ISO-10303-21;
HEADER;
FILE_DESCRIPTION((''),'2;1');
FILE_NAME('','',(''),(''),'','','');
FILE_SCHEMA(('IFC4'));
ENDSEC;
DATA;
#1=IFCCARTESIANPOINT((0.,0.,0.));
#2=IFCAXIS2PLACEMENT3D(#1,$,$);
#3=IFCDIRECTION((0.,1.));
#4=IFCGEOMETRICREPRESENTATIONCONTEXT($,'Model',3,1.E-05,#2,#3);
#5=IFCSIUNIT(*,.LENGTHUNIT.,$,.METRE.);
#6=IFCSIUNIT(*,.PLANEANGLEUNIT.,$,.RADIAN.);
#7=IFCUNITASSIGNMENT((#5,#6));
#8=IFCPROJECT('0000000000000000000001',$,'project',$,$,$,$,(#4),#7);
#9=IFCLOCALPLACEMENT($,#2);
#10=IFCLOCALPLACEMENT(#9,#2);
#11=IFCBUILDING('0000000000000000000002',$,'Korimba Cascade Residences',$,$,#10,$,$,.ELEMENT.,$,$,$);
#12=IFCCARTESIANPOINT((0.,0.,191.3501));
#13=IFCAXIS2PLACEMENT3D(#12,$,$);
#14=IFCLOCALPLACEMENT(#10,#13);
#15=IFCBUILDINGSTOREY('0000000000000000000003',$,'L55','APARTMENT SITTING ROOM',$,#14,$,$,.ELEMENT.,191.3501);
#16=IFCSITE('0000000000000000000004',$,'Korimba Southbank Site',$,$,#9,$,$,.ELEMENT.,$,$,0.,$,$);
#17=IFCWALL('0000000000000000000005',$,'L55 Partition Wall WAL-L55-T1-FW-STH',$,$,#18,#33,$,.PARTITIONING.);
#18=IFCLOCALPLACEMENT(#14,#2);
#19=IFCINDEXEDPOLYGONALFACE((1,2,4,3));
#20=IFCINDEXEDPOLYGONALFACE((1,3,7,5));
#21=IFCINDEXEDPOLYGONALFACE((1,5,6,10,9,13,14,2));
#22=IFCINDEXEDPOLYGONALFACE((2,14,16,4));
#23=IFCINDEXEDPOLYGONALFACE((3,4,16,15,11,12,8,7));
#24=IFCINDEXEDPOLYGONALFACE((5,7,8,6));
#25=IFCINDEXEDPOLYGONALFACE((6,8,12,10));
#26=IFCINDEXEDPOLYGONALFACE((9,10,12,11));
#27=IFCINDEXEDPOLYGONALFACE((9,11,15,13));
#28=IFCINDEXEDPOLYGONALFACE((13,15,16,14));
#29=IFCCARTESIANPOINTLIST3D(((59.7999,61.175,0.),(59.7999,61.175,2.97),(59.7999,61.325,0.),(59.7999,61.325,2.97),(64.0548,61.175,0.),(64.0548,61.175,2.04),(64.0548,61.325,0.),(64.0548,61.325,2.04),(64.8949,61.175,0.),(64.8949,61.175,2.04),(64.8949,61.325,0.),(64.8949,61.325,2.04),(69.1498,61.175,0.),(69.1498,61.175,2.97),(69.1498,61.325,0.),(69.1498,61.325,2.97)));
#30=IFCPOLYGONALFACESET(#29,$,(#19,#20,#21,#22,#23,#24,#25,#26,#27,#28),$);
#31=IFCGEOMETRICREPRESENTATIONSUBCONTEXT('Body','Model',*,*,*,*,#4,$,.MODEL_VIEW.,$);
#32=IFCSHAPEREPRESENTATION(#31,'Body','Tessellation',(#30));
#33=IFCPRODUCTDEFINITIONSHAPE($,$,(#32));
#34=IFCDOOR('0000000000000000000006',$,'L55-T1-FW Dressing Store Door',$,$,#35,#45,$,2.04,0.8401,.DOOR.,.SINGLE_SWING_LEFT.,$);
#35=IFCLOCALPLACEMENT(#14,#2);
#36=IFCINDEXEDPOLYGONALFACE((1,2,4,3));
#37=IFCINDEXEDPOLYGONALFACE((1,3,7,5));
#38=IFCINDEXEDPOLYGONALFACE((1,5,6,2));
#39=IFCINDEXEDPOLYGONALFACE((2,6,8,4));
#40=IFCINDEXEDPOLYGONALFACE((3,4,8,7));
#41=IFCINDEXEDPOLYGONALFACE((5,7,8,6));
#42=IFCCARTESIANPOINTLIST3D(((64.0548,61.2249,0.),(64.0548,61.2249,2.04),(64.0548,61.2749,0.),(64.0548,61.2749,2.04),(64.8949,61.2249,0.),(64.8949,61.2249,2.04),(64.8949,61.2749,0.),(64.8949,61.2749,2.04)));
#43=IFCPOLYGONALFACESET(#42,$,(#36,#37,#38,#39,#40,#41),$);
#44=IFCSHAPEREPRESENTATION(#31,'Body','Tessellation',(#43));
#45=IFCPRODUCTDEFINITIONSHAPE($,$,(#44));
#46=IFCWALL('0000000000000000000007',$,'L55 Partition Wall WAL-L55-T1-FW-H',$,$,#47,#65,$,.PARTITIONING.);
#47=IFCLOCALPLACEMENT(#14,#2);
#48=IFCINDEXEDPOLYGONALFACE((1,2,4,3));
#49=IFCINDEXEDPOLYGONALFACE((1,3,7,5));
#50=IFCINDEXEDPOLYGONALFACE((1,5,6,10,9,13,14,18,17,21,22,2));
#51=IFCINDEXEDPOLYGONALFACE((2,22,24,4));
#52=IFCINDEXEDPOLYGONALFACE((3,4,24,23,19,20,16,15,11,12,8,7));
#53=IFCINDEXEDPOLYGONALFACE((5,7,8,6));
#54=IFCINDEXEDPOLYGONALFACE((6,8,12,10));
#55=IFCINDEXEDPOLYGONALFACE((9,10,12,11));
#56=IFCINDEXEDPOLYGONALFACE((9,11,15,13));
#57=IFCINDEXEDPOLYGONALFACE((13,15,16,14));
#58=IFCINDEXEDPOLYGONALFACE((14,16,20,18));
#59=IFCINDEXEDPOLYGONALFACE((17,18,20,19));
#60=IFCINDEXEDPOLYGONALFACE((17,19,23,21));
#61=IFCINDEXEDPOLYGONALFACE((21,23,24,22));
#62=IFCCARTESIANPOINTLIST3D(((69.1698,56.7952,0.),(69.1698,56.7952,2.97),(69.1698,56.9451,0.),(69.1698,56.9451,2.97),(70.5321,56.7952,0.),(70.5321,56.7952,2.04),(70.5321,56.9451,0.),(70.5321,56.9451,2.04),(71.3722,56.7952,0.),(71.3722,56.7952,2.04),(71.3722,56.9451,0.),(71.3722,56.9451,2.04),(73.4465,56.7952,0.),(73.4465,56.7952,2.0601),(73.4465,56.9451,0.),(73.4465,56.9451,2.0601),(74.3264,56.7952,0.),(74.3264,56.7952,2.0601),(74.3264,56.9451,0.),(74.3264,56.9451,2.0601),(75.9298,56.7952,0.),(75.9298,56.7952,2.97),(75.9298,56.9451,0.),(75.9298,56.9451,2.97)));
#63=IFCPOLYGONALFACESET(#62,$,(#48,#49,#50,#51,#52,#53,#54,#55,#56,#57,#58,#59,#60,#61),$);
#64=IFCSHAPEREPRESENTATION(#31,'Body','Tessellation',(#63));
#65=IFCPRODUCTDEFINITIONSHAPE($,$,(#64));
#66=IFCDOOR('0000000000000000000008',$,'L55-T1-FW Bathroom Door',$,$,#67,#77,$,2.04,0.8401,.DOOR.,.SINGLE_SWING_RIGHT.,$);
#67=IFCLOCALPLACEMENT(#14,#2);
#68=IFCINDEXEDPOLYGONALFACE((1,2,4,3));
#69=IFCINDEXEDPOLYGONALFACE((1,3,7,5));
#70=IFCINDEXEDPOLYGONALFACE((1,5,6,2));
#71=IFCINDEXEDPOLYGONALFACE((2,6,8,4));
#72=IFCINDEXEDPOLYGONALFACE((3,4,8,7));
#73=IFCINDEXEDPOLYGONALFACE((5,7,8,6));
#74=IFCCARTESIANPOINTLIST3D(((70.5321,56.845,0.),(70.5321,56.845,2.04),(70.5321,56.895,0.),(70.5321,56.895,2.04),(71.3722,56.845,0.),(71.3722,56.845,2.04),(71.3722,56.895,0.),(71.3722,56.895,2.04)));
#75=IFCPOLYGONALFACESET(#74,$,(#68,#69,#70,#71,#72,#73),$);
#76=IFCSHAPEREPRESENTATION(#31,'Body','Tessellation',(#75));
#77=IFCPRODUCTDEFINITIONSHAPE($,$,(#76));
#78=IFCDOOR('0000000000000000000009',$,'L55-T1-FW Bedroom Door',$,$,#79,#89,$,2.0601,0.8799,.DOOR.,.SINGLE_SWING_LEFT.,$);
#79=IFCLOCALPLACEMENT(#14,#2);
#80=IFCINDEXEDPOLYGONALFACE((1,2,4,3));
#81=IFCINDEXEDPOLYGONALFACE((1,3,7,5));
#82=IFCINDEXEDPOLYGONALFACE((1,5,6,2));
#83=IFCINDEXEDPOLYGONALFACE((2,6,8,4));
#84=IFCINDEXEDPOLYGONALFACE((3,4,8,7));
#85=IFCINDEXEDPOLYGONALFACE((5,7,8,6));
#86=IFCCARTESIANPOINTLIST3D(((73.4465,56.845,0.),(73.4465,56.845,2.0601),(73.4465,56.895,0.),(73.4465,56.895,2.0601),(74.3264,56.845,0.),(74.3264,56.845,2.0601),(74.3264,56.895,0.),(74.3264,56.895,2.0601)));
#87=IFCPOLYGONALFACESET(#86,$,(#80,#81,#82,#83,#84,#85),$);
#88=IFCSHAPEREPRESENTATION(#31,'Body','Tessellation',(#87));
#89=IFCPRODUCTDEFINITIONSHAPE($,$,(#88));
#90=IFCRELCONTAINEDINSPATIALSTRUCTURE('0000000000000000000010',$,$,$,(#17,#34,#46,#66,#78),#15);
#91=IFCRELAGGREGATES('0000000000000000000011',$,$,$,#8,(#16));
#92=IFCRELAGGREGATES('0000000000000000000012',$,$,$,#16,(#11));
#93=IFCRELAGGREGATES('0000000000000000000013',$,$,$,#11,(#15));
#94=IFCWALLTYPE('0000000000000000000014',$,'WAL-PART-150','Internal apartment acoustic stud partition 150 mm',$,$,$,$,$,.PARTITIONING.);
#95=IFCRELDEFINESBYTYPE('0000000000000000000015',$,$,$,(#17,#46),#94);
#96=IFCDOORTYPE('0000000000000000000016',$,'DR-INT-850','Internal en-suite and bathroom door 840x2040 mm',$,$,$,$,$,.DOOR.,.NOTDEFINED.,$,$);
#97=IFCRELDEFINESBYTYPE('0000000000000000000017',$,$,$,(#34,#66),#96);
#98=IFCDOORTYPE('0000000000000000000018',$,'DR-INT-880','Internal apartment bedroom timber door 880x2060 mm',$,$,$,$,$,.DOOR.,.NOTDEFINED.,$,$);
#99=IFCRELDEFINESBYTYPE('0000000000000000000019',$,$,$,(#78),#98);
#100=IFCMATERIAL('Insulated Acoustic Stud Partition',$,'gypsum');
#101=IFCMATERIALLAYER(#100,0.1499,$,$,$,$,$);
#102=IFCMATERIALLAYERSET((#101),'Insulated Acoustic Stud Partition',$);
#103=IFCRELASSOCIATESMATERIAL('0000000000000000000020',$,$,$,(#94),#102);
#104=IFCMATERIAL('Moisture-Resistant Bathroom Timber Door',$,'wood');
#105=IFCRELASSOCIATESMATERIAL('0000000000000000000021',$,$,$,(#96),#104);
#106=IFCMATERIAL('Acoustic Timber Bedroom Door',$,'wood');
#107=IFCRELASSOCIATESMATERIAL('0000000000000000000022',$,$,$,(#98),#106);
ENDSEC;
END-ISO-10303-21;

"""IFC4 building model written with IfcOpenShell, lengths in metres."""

from ifc_helpers import new_model, si_unit, direction, frame, frame_2d, origin, place, context, subcontext, project, spatial, rectangle, extrude, material, layer, layer_set, type_object, element, fill, save


model = new_model("IFC4")

# Units and contexts
model_context = context("Model", 3, precision=1e-05, world=origin(), true_north=direction((0.0, 1.0)))
body_context = subcontext(model_context, "Body", "Model", "MODEL_VIEW")
ifc_project = project(units=[si_unit("LENGTHUNIT", "METRE"), si_unit("PLANEANGLEUNIT", "RADIAN")], contexts=[model_context])

# Site, building, storey
site_placement = place(None, origin())
site = spatial("IfcSite", under=ifc_project, at=site_placement, Name="Korimba Southbank Site", CompositionType="ELEMENT", RefElevation=0.0)
building_placement = place(site_placement, origin())
building = spatial("IfcBuilding", under=site, at=building_placement, Name="Korimba Cascade Residences", CompositionType="ELEMENT")
storey_placement = place(building_placement, frame((0.0, 0.0, 191.3501)))
storey = spatial("IfcBuildingStorey", under=building, at=storey_placement, Name="L55", Description="APARTMENT SITTING ROOM", CompositionType="ELEMENT", Elevation=191.3501)

# Wall, opening, door
ifc_material_1 = material(Name="Insulated Acoustic Stud Partition", Category="gypsum")
ifc_layer_1 = layer(ifc_material_1, 0.1499)
ifc_layer_set_1 = layer_set([ifc_layer_1], Name="Insulated Acoustic Stud Partition")
wall_type_1 = type_object("IfcWallType", Name="WAL-PART-150", Description="Internal apartment acoustic stud partition 150 mm", PredefinedType="PARTITIONING", material=ifc_layer_set_1)
wall_1_placement = place(storey_placement, frame((59.8, 61.25, 0.0), z_axis=(0.0, 0.0, 1.0), x_axis=(1.0, 0.0, 0.0)))
wall_1 = element("IfcWall", 1, at=wall_1_placement, inside=storey, type_object=wall_type_1, Name="L55 Partition Wall WAL-L55-T1-FW-STH", PredefinedType="PARTITIONING", context=body_context, shape_type="SweptSolid", body=[
    extrude(rectangle(XDim=9.3499, YDim=0.1499, at=frame_2d((4.6748, 0.0))), origin(), (0.0, 0.0, 1.0), 2.97),
])
opening_1_placement = place(wall_1_placement, frame((4.2549, 0.0, 0.0)))
opening_1 = element("IfcOpeningElement", 2, at=opening_1_placement, cuts=wall_1, PredefinedType="OPENING", context=body_context, shape_type="SweptSolid", body=[
    extrude(rectangle(XDim=0.8401, YDim=2.04, at=frame_2d((0.4199, 1.02))), frame((0.0, 0.085, 0.0), z_axis=(0.0, -1.0, 0.0), x_axis=(1.0, 0.0, 0.0)), (0.0, 0.0, 1.0), 0.1699),
])
ifc_material_2 = material(Name="Moisture-Resistant Bathroom Timber Door", Category="wood")
door_type_1 = type_object("IfcDoorType", Name="DR-INT-850", Description="Internal en-suite and bathroom door 840x2040 mm", OperationType="NOTDEFINED", PredefinedType="DOOR", material=ifc_material_2)
door_1_placement = place(opening_1_placement, origin())
door_1 = element("IfcDoor", 3, at=door_1_placement, inside=storey, type_object=door_type_1, Name="L55-T1-FW Dressing Store Door", OperationType="SINGLE_SWING_LEFT", OverallHeight=2.04, OverallWidth=0.8401, PredefinedType="DOOR", context=body_context, shape_type="SweptSolid", body=[
    extrude(rectangle(XDim=0.8401, YDim=2.04, at=frame_2d((0.4199, 1.02))), frame((0.0, 0.0249, 0.0), z_axis=(0.0, -1.0, 0.0), x_axis=(1.0, 0.0, 0.0)), (0.0, 0.0, 1.0), 0.05),
])
fill(opening_1, door_1)

# Wall, openings, doors
wall_2_placement = place(storey_placement, frame((69.1699, 56.8701, 0.0), z_axis=(0.0, 0.0, 1.0), x_axis=(1.0, 0.0, 0.0)))
wall_2 = element("IfcWall", 4, at=wall_2_placement, inside=storey, type_object=wall_type_1, Name="L55 Partition Wall WAL-L55-T1-FW-H", PredefinedType="PARTITIONING", context=body_context, shape_type="SweptSolid", body=[
    extrude(rectangle(XDim=6.76, YDim=0.1499, at=frame_2d((3.3799, 0.0))), origin(), (0.0, 0.0, 1.0), 2.97),
])
opening_2_placement = place(wall_2_placement, frame((1.3623, 0.0, 0.0)))
opening_2 = element("IfcOpeningElement", 5, at=opening_2_placement, cuts=wall_2, PredefinedType="OPENING", context=body_context, shape_type="SweptSolid", body=[
    extrude(rectangle(XDim=0.8401, YDim=2.04, at=frame_2d((0.4199, 1.02))), frame((0.0, 0.085, 0.0), z_axis=(0.0, -1.0, 0.0), x_axis=(1.0, 0.0, 0.0)), (0.0, 0.0, 1.0), 0.1699),
])
opening_3_placement = place(wall_2_placement, frame((4.2766, 0.0, 0.0)))
opening_3 = element("IfcOpeningElement", 6, at=opening_3_placement, cuts=wall_2, PredefinedType="OPENING", context=body_context, shape_type="SweptSolid", body=[
    extrude(rectangle(XDim=0.8799, YDim=2.0601, at=frame_2d((0.4399, 1.03))), frame((0.0, 0.085, 0.0), z_axis=(0.0, -1.0, 0.0), x_axis=(1.0, 0.0, 0.0)), (0.0, 0.0, 1.0), 0.1699),
])
door_2_placement = place(opening_2_placement, origin())
door_2 = element("IfcDoor", 7, at=door_2_placement, inside=storey, type_object=door_type_1, Name="L55-T1-FW Bathroom Door", OperationType="SINGLE_SWING_RIGHT", OverallHeight=2.04, OverallWidth=0.8401, PredefinedType="DOOR", context=body_context, shape_type="SweptSolid", body=[
    extrude(rectangle(XDim=0.8401, YDim=2.04, at=frame_2d((0.4199, 1.02))), frame((0.0, 0.0249, 0.0), z_axis=(0.0, -1.0, 0.0), x_axis=(1.0, 0.0, 0.0)), (0.0, 0.0, 1.0), 0.05),
])
fill(opening_2, door_2)
ifc_material_3 = material(Name="Acoustic Timber Bedroom Door", Category="wood")
door_type_2 = type_object("IfcDoorType", Name="DR-INT-880", Description="Internal apartment bedroom timber door 880x2060 mm", OperationType="NOTDEFINED", PredefinedType="DOOR", material=ifc_material_3)
door_3_placement = place(opening_3_placement, origin())
door_3 = element("IfcDoor", 8, at=door_3_placement, inside=storey, type_object=door_type_2, Name="L55-T1-FW Bedroom Door", OperationType="SINGLE_SWING_LEFT", OverallHeight=2.0601, OverallWidth=0.8799, PredefinedType="DOOR", context=body_context, shape_type="SweptSolid", body=[
    extrude(rectangle(XDim=0.8799, YDim=2.0601, at=frame_2d((0.4399, 1.03))), frame((0.0, 0.0249, 0.0), z_axis=(0.0, -1.0, 0.0), x_axis=(1.0, 0.0, 0.0)), (0.0, 0.0, 1.0), 0.05),
])
fill(opening_3, door_3)

save(model, "model.ifc")
